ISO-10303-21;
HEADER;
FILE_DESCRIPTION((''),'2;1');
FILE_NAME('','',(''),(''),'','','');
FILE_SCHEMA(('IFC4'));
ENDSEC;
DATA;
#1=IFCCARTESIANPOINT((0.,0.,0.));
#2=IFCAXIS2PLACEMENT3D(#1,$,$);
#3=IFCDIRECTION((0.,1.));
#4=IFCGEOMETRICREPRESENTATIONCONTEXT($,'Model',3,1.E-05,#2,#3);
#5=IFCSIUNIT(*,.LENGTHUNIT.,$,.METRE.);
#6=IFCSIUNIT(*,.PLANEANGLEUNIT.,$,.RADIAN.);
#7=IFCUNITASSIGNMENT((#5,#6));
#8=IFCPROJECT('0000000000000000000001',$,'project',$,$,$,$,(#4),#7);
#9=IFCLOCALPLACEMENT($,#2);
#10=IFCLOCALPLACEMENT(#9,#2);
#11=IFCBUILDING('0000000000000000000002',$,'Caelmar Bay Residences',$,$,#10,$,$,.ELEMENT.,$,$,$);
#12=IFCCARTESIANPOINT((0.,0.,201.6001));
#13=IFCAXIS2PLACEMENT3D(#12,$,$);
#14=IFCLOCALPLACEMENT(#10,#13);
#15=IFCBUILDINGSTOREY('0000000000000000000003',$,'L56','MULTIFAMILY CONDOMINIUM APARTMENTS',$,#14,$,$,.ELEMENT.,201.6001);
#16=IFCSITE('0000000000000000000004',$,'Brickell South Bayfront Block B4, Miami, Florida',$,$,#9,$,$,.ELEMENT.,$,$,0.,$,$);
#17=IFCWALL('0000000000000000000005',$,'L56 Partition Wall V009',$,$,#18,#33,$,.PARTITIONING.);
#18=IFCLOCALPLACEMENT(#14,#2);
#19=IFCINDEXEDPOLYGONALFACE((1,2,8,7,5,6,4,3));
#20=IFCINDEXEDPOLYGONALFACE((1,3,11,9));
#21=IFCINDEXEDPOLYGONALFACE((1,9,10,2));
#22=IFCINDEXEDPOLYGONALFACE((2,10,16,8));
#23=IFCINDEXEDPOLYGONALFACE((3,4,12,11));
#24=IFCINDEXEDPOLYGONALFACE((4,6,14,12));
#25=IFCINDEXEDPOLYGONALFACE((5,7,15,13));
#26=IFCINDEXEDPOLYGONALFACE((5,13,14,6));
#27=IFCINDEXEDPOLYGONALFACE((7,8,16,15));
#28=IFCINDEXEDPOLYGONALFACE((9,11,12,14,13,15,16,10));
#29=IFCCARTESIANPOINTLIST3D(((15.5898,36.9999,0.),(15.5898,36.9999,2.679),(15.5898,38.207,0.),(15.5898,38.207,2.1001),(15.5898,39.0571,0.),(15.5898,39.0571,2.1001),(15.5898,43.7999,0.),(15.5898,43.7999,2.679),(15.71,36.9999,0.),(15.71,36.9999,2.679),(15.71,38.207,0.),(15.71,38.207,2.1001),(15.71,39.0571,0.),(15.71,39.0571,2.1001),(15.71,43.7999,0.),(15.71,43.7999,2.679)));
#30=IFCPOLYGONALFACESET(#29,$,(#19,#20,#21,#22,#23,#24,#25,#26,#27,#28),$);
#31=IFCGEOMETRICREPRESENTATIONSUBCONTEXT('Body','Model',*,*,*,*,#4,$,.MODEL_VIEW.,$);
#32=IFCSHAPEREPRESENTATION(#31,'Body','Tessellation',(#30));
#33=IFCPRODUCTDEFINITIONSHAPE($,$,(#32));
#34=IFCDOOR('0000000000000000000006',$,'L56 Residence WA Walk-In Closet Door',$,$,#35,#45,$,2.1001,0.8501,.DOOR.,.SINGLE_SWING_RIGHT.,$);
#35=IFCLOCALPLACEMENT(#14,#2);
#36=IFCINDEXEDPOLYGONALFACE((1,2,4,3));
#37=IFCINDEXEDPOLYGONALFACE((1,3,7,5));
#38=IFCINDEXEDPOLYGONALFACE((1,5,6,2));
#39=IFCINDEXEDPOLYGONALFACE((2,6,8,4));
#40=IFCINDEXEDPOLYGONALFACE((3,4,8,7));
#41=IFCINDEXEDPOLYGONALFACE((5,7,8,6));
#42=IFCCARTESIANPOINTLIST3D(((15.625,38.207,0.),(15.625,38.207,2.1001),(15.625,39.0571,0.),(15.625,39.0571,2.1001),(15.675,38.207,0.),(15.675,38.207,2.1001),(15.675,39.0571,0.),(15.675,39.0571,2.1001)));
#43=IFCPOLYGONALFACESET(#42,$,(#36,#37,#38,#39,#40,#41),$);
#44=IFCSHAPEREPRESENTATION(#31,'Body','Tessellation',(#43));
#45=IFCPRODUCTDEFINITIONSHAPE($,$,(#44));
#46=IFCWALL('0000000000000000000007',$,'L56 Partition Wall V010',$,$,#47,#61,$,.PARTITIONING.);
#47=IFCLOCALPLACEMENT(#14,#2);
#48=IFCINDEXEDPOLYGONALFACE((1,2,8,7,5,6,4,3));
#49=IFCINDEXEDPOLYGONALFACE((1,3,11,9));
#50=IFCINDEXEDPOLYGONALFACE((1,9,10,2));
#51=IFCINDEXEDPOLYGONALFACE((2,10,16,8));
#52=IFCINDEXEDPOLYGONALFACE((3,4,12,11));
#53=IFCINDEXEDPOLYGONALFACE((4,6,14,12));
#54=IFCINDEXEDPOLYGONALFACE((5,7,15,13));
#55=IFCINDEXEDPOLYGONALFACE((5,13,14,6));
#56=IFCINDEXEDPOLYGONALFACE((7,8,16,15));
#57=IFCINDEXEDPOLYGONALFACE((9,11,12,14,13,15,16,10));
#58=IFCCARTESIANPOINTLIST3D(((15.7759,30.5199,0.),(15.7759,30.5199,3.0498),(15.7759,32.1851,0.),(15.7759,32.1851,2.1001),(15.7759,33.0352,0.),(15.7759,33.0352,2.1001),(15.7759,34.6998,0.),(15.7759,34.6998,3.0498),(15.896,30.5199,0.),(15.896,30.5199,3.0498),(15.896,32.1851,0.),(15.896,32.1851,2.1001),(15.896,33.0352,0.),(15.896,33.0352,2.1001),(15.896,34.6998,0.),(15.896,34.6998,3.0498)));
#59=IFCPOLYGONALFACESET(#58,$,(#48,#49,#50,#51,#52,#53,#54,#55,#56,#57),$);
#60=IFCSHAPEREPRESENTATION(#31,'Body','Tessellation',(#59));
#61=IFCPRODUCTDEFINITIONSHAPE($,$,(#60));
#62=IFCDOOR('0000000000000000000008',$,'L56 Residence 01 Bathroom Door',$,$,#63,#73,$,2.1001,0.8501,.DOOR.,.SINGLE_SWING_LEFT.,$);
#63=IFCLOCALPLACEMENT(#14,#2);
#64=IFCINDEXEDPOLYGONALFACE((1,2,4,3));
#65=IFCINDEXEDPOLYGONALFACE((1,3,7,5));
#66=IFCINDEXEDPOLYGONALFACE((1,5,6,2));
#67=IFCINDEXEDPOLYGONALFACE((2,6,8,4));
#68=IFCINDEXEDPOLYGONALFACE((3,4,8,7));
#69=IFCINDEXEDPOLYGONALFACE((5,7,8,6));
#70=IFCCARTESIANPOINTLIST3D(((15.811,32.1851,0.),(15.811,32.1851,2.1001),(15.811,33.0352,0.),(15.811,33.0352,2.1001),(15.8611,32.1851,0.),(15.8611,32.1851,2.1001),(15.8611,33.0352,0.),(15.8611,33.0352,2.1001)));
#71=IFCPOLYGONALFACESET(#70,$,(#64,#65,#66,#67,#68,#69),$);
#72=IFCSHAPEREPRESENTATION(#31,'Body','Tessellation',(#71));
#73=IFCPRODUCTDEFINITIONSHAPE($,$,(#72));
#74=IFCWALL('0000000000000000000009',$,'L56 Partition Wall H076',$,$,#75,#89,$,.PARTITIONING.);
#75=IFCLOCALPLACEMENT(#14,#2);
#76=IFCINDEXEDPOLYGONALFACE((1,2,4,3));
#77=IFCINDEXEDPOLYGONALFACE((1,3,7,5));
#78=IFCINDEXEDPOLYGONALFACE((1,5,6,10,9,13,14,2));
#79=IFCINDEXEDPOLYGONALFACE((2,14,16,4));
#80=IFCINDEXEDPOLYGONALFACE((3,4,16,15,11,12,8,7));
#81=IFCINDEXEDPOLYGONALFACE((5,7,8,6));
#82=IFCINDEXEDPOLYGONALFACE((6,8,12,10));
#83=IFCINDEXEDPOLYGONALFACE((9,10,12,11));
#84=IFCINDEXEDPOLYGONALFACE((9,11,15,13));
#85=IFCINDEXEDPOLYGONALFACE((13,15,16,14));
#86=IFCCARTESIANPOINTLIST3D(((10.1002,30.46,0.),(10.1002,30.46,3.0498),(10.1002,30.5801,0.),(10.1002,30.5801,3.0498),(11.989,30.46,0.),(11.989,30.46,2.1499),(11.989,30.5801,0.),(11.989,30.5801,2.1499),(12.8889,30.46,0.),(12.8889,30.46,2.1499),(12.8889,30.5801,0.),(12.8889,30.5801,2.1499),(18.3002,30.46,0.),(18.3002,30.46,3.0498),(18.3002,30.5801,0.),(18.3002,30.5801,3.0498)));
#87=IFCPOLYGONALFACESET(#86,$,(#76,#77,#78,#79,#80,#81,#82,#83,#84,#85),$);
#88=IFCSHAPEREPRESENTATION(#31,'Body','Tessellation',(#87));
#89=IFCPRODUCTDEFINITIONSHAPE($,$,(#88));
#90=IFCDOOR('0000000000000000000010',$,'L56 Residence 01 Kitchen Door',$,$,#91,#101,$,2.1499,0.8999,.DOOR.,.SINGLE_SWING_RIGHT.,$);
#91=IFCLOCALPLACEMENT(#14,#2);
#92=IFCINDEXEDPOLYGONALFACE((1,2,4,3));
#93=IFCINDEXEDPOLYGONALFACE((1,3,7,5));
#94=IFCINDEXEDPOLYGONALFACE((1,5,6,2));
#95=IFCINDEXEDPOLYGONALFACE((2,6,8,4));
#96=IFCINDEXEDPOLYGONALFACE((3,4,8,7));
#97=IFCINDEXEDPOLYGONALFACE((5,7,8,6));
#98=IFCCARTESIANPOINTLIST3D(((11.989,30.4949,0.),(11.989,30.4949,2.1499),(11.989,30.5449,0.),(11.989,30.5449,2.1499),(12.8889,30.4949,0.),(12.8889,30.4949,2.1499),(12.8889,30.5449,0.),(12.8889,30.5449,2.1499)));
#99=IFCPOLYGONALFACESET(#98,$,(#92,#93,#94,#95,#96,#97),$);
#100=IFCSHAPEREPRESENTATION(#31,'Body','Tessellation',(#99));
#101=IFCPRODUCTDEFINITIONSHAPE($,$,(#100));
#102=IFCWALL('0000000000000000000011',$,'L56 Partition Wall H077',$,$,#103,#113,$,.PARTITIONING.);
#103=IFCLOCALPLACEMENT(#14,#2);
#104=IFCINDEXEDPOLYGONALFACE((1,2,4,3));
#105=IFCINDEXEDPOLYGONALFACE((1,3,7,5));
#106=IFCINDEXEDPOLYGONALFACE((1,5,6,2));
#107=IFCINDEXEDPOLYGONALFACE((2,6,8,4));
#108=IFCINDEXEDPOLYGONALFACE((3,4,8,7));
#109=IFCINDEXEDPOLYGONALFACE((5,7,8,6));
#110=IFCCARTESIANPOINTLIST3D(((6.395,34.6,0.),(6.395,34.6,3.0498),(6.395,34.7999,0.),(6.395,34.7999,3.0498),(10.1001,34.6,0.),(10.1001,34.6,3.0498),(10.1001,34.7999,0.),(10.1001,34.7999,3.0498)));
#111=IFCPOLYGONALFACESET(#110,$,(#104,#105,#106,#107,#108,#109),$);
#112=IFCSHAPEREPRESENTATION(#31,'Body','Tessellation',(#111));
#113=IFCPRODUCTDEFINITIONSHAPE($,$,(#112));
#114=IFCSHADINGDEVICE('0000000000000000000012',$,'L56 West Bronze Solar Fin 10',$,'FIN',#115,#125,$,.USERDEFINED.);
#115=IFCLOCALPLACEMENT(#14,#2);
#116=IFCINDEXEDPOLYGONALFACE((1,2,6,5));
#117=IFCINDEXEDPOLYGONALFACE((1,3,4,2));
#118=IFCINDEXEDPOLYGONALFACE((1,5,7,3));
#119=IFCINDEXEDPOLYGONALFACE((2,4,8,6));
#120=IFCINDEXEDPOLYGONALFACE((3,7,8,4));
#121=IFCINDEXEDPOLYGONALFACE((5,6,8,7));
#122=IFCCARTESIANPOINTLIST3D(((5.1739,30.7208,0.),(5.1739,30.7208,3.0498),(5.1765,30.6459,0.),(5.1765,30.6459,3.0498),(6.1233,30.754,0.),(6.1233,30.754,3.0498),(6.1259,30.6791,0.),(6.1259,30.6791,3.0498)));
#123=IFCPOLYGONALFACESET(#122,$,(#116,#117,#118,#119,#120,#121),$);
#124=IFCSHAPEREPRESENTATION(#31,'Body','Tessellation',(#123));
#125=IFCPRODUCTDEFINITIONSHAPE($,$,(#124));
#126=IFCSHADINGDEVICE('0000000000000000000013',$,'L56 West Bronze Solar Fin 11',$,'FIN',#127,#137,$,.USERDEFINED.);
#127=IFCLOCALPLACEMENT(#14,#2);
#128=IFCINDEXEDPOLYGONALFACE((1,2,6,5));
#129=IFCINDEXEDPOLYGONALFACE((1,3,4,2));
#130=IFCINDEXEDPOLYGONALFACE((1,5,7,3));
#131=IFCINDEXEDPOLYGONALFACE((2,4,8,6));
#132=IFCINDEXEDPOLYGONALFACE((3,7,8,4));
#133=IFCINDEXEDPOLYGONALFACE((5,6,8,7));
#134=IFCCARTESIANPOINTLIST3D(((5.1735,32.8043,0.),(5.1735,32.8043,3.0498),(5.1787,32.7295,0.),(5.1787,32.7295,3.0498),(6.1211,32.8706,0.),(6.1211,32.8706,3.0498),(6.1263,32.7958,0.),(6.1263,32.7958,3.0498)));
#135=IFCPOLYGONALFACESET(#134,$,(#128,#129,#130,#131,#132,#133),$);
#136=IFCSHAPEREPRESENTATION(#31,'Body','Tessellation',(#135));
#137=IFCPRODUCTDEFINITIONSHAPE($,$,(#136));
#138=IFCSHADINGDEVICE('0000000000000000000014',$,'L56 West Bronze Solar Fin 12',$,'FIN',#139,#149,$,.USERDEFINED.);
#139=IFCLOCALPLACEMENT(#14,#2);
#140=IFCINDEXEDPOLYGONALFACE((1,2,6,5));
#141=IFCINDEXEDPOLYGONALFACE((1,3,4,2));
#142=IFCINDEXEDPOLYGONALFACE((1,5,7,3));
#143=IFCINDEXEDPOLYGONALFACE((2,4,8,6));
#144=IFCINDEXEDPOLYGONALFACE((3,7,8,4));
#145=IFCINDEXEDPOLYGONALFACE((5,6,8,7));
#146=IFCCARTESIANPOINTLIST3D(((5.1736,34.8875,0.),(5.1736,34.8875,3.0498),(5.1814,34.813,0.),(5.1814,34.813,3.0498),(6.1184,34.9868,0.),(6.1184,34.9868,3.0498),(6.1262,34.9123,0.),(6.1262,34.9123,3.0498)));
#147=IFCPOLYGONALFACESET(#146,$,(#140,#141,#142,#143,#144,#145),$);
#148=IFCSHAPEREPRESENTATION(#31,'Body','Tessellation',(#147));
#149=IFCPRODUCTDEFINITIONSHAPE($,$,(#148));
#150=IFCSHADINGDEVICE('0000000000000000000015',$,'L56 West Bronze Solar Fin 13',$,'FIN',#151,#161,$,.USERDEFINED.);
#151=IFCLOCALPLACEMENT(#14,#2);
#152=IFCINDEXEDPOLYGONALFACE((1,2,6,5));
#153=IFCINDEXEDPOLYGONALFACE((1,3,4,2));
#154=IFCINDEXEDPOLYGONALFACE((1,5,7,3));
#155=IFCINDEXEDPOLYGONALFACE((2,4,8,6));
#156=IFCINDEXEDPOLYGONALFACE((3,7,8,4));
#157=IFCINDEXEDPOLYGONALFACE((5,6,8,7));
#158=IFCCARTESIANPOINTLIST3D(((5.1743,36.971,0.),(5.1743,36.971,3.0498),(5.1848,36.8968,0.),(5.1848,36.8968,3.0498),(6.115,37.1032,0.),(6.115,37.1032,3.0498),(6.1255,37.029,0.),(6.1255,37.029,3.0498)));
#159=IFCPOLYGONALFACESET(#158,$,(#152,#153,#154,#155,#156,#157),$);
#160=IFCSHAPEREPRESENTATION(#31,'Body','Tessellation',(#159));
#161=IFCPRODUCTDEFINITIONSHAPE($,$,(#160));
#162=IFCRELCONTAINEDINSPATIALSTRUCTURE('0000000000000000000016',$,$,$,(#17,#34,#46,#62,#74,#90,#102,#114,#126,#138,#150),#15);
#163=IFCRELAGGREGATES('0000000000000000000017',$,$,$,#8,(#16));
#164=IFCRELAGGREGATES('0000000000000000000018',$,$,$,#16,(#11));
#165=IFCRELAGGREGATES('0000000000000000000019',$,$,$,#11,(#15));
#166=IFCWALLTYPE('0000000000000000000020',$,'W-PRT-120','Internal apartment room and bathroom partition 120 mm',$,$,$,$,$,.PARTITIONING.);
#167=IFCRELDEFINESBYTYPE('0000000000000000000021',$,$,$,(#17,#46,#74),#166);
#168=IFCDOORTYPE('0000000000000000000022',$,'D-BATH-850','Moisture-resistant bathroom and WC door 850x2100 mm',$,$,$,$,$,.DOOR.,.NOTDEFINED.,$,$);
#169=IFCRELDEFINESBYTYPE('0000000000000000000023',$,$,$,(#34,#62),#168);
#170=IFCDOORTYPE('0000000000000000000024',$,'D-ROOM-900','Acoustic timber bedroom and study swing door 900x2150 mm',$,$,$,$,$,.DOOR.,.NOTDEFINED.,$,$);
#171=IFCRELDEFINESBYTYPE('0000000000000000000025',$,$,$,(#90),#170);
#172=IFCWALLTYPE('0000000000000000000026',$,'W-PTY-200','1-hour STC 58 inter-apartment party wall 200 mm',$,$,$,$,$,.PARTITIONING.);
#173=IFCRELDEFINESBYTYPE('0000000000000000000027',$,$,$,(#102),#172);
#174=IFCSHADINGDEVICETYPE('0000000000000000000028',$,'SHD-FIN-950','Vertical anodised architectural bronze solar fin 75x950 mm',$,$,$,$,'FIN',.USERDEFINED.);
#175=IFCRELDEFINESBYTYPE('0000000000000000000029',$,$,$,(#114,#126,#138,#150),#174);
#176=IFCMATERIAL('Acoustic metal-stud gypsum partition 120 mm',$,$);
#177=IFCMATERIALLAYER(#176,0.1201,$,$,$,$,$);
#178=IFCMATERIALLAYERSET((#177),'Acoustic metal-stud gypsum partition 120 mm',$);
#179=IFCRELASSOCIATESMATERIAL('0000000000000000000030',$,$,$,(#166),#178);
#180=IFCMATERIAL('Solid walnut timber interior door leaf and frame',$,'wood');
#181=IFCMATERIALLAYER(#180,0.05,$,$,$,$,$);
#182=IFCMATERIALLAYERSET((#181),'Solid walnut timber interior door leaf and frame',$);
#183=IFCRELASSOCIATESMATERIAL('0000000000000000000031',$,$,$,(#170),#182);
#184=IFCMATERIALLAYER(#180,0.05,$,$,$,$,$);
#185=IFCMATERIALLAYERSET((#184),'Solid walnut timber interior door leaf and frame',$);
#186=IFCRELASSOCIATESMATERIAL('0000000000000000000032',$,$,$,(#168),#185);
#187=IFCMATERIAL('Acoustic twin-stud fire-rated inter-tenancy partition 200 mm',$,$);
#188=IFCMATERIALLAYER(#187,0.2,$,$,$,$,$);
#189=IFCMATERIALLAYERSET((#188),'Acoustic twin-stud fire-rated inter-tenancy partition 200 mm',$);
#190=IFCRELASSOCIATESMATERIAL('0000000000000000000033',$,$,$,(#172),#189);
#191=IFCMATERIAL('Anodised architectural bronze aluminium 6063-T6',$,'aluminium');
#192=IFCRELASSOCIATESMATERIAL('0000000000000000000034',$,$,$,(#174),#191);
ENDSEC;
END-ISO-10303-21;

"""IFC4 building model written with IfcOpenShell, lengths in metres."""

from ifc_helpers import new_model, si_unit, direction, frame, frame_2d, origin, origin_2d, place, context, subcontext, project, spatial, rectangle, extrude, material, layer, layer_set, material_profile, profile_set, type_object, element, fill, save


model = new_model("IFC4")

# Units and contexts
model_context = context("Model", 3, precision=1e-05, world=origin(), true_north=direction((0.0, 1.0)))
body_context = subcontext(model_context, "Body", "Model", "MODEL_VIEW")
ifc_project = project(units=[si_unit("LENGTHUNIT", "METRE"), si_unit("PLANEANGLEUNIT", "RADIAN")], contexts=[model_context])

# Site, building, storey
site_placement = place(None, origin())
site = spatial("IfcSite", under=ifc_project, at=site_placement, Name="Brickell South Bayfront Block B4, Miami, Florida", CompositionType="ELEMENT", RefElevation=0.0)
building_placement = place(site_placement, origin())
building = spatial("IfcBuilding", under=site, at=building_placement, Name="Caelmar Bay Residences", CompositionType="ELEMENT")
storey_placement = place(building_placement, frame((0.0, 0.0, 201.6001)))
storey = spatial("IfcBuildingStorey", under=building, at=storey_placement, Name="L56", Description="MULTIFAMILY CONDOMINIUM APARTMENTS", CompositionType="ELEMENT", Elevation=201.6001)

# Walls, openings, doors
ifc_material_1 = material(Name="Acoustic metal-stud gypsum partition 120 mm")
ifc_layer_1 = layer(ifc_material_1, 0.1201)
ifc_layer_set_1 = layer_set([ifc_layer_1], Name="Acoustic metal-stud gypsum partition 120 mm")
wall_type_1 = type_object("IfcWallType", Name="W-PRT-120", Description="Internal apartment room and bathroom partition 120 mm", PredefinedType="PARTITIONING", material=ifc_layer_set_1)
ifc_material_2 = material(Name="Solid walnut timber interior door leaf and frame", Category="wood")
ifc_layer_2 = layer(ifc_material_2, 0.05)
ifc_layer_set_2 = layer_set([ifc_layer_2], Name="Solid walnut timber interior door leaf and frame")
door_type_1 = type_object("IfcDoorType", Name="D-ROOM-900", Description="Acoustic timber bedroom and study swing door 900x2150 mm", OperationType="NOTDEFINED", PredefinedType="DOOR", material=ifc_layer_set_2)
wall_1_placement = place(storey_placement, frame((15.6499, 37.0, 0.0), z_axis=(0.0, 0.0, 1.0), x_axis=(0.0, 1.0, 0.0)))
wall_1 = element("IfcWall", 1, at=wall_1_placement, inside=storey, type_object=wall_type_1, Name="L56 Partition Wall V009", PredefinedType="PARTITIONING", context=body_context, shape_type="SweptSolid", body=[
    extrude(rectangle(XDim=6.8, YDim=0.1201, at=frame_2d((3.3999, 0.0))), origin(), (0.0, 0.0, 1.0), 2.679),
])
opening_1_placement = place(wall_1_placement, frame((1.207, 0.0, 0.0)))
opening_1 = element("IfcOpeningElement", 2, at=opening_1_placement, cuts=wall_1, PredefinedType="OPENING", context=body_context, shape_type="SweptSolid", body=[
    extrude(rectangle(XDim=0.8501, YDim=2.1001, at=frame_2d((0.425, 1.05))), frame((0.0, 0.0701, 0.0), z_axis=(0.0, -1.0, 0.0), x_axis=(1.0, 0.0, 0.0)), (0.0, 0.0, 1.0), 0.1401),
])
ifc_layer_3 = layer(ifc_material_2, 0.05)
ifc_layer_set_3 = layer_set([ifc_layer_3], Name="Solid walnut timber interior door leaf and frame")
door_type_2 = type_object("IfcDoorType", Name="D-BATH-850", Description="Moisture-resistant bathroom and WC door 850x2100 mm", OperationType="NOTDEFINED", PredefinedType="DOOR", material=ifc_layer_set_3)
door_1_placement = place(opening_1_placement, origin())
door_1 = element("IfcDoor", 3, at=door_1_placement, inside=storey, type_object=door_type_2, Name="L56 Residence WA Walk-In Closet Door", OperationType="SINGLE_SWING_RIGHT", OverallHeight=2.1001, OverallWidth=0.8501, PredefinedType="DOOR", context=body_context, shape_type="SweptSolid", body=[
    extrude(rectangle(XDim=0.8501, YDim=2.1001, at=frame_2d((0.425, 1.05))), frame((0.0, 0.0249, 0.0), z_axis=(0.0, -1.0, 0.0), x_axis=(1.0, 0.0, 0.0)), (0.0, 0.0, 1.0), 0.05),
])
fill(opening_1, door_1)
wall_2_placement = place(storey_placement, frame((15.8359, 30.52, 0.0), z_axis=(0.0, 0.0, 1.0), x_axis=(0.0, 1.0, 0.0)))
wall_2 = element("IfcWall", 4, at=wall_2_placement, inside=storey, type_object=wall_type_1, Name="L56 Partition Wall V010", PredefinedType="PARTITIONING", context=body_context, shape_type="SweptSolid", body=[
    extrude(rectangle(XDim=4.1799, YDim=0.1201, at=frame_2d((2.0898, 0.0))), origin(), (0.0, 0.0, 1.0), 3.0498),
])
opening_2_placement = place(wall_2_placement, frame((1.665, 0.0, 0.0)))
opening_2 = element("IfcOpeningElement", 5, at=opening_2_placement, cuts=wall_2, PredefinedType="OPENING", context=body_context, shape_type="SweptSolid", body=[
    extrude(rectangle(XDim=0.8501, YDim=2.1001, at=frame_2d((0.425, 1.05))), frame((0.0, 0.0701, 0.0), z_axis=(0.0, -1.0, 0.0), x_axis=(1.0, 0.0, 0.0)), (0.0, 0.0, 1.0), 0.1401),
])
door_2_placement = place(opening_2_placement, origin())
door_2 = element("IfcDoor", 6, at=door_2_placement, inside=storey, type_object=door_type_2, Name="L56 Residence 01 Bathroom Door", OperationType="SINGLE_SWING_LEFT", OverallHeight=2.1001, OverallWidth=0.8501, PredefinedType="DOOR", context=body_context, shape_type="SweptSolid", body=[
    extrude(rectangle(XDim=0.8501, YDim=2.1001, at=frame_2d((0.425, 1.05))), frame((0.0, 0.0249, 0.0), z_axis=(0.0, -1.0, 0.0), x_axis=(1.0, 0.0, 0.0)), (0.0, 0.0, 1.0), 0.05),
])
fill(opening_2, door_2)
wall_3_placement = place(storey_placement, frame((10.1001, 30.52, 0.0), z_axis=(0.0, 0.0, 1.0), x_axis=(1.0, 0.0, 0.0)))
wall_3 = element("IfcWall", 7, at=wall_3_placement, inside=storey, type_object=wall_type_1, Name="L56 Partition Wall H076", PredefinedType="PARTITIONING", context=body_context, shape_type="SweptSolid", body=[
    extrude(rectangle(XDim=8.2, YDim=0.1201, at=frame_2d((4.1001, 0.0))), origin(), (0.0, 0.0, 1.0), 3.0498),
])
opening_3_placement = place(wall_3_placement, frame((1.8889, 0.0, 0.0)))
opening_3 = element("IfcOpeningElement", 8, at=opening_3_placement, cuts=wall_3, PredefinedType="OPENING", context=body_context, shape_type="SweptSolid", body=[
    extrude(rectangle(XDim=0.8999, YDim=2.1499, at=frame_2d((0.45, 1.075))), frame((0.0, 0.0701, 0.0), z_axis=(0.0, -1.0, 0.0), x_axis=(1.0, 0.0, 0.0)), (0.0, 0.0, 1.0), 0.1401),
])
door_3_placement = place(opening_3_placement, origin())
door_3 = element("IfcDoor", 9, at=door_3_placement, inside=storey, type_object=door_type_1, Name="L56 Residence 01 Kitchen Door", OperationType="SINGLE_SWING_RIGHT", OverallHeight=2.1499, OverallWidth=0.8999, PredefinedType="DOOR", context=body_context, shape_type="SweptSolid", body=[
    extrude(rectangle(XDim=0.8999, YDim=2.1499, at=frame_2d((0.45, 1.075))), frame((0.0, 0.0249, 0.0), z_axis=(0.0, -1.0, 0.0), x_axis=(1.0, 0.0, 0.0)), (0.0, 0.0, 1.0), 0.05),
])
fill(opening_3, door_3)

# Wall
ifc_material_3 = material(Name="Acoustic twin-stud fire-rated inter-tenancy partition 200 mm")
ifc_layer_4 = layer(ifc_material_3, 0.2)
ifc_layer_set_4 = layer_set([ifc_layer_4], Name="Acoustic twin-stud fire-rated inter-tenancy partition 200 mm")
wall_type_2 = type_object("IfcWallType", Name="W-PTY-200", Description="1-hour STC 58 inter-apartment party wall 200 mm", PredefinedType="PARTITIONING", material=ifc_layer_set_4)
wall_4_placement = place(storey_placement, frame((6.395, 34.7, 0.0), z_axis=(0.0, 0.0, 1.0), x_axis=(1.0, 0.0, 0.0)))
element("IfcWall", 10, at=wall_4_placement, inside=storey, type_object=wall_type_2, Name="L56 Partition Wall H077", PredefinedType="PARTITIONING", context=body_context, shape_type="SweptSolid", body=[
    extrude(rectangle(XDim=3.7051, YDim=0.2, at=frame_2d((1.8525, 0.0))), origin(), (0.0, 0.0, 1.0), 3.0498),
])

# Shading devices
ifc_material_4 = material(Name="Anodised architectural bronze aluminium 6063-T6", Category="aluminium")
ifc_material_profile = material_profile(ifc_material_4, rectangle(XDim=0.075, YDim=0.95, at=origin_2d()), Name="BRONZE-FIN-75X950")
ifc_profile_set = profile_set([ifc_material_profile], Name="Anodised architectural bronze aluminium 6063-T6")
shading_device_type = type_object("IfcShadingDeviceType", Name="SHD-FIN-950", Description="Vertical anodised architectural bronze solar fin 75x950 mm", ElementType="FIN", PredefinedType="USERDEFINED", material=ifc_profile_set)
for number, where, z_axis, x_axis, name in (
    (11, (5.6499, 30.7, 0.0), (0.0, 0.0, 1.0), (-0.034899, 0.999391, 0.0), "L56 West Bronze Solar Fin 10"),
    (12, (5.6499, 32.8, 0.0), (0.0, 0.0, 1.0), (-0.069756, 0.997564, 0.0), "L56 West Bronze Solar Fin 11"),
    (13, (5.6499, 34.8999, 0.0), (0.0, 0.0, 1.0), (-0.104528, 0.994522, 0.0), "L56 West Bronze Solar Fin 12"),
    (14, (5.6499, 37.0, 0.0), (0.0, 0.0, 1.0), (-0.139173, 0.990268, 0.0), "L56 West Bronze Solar Fin 13"),
):
    element("IfcShadingDevice", number, at=place(storey_placement, frame(where, z_axis=z_axis, x_axis=x_axis)), inside=storey, type_object=shading_device_type, Name=name, ObjectType="FIN", PredefinedType="USERDEFINED", context=body_context, shape_type="SweptSolid", body=[
        extrude(rectangle(XDim=0.075, YDim=0.95, at=origin_2d()), origin(), (0.0, 0.0, 1.0), 3.0498),
    ])

save(model, "model.ifc")
